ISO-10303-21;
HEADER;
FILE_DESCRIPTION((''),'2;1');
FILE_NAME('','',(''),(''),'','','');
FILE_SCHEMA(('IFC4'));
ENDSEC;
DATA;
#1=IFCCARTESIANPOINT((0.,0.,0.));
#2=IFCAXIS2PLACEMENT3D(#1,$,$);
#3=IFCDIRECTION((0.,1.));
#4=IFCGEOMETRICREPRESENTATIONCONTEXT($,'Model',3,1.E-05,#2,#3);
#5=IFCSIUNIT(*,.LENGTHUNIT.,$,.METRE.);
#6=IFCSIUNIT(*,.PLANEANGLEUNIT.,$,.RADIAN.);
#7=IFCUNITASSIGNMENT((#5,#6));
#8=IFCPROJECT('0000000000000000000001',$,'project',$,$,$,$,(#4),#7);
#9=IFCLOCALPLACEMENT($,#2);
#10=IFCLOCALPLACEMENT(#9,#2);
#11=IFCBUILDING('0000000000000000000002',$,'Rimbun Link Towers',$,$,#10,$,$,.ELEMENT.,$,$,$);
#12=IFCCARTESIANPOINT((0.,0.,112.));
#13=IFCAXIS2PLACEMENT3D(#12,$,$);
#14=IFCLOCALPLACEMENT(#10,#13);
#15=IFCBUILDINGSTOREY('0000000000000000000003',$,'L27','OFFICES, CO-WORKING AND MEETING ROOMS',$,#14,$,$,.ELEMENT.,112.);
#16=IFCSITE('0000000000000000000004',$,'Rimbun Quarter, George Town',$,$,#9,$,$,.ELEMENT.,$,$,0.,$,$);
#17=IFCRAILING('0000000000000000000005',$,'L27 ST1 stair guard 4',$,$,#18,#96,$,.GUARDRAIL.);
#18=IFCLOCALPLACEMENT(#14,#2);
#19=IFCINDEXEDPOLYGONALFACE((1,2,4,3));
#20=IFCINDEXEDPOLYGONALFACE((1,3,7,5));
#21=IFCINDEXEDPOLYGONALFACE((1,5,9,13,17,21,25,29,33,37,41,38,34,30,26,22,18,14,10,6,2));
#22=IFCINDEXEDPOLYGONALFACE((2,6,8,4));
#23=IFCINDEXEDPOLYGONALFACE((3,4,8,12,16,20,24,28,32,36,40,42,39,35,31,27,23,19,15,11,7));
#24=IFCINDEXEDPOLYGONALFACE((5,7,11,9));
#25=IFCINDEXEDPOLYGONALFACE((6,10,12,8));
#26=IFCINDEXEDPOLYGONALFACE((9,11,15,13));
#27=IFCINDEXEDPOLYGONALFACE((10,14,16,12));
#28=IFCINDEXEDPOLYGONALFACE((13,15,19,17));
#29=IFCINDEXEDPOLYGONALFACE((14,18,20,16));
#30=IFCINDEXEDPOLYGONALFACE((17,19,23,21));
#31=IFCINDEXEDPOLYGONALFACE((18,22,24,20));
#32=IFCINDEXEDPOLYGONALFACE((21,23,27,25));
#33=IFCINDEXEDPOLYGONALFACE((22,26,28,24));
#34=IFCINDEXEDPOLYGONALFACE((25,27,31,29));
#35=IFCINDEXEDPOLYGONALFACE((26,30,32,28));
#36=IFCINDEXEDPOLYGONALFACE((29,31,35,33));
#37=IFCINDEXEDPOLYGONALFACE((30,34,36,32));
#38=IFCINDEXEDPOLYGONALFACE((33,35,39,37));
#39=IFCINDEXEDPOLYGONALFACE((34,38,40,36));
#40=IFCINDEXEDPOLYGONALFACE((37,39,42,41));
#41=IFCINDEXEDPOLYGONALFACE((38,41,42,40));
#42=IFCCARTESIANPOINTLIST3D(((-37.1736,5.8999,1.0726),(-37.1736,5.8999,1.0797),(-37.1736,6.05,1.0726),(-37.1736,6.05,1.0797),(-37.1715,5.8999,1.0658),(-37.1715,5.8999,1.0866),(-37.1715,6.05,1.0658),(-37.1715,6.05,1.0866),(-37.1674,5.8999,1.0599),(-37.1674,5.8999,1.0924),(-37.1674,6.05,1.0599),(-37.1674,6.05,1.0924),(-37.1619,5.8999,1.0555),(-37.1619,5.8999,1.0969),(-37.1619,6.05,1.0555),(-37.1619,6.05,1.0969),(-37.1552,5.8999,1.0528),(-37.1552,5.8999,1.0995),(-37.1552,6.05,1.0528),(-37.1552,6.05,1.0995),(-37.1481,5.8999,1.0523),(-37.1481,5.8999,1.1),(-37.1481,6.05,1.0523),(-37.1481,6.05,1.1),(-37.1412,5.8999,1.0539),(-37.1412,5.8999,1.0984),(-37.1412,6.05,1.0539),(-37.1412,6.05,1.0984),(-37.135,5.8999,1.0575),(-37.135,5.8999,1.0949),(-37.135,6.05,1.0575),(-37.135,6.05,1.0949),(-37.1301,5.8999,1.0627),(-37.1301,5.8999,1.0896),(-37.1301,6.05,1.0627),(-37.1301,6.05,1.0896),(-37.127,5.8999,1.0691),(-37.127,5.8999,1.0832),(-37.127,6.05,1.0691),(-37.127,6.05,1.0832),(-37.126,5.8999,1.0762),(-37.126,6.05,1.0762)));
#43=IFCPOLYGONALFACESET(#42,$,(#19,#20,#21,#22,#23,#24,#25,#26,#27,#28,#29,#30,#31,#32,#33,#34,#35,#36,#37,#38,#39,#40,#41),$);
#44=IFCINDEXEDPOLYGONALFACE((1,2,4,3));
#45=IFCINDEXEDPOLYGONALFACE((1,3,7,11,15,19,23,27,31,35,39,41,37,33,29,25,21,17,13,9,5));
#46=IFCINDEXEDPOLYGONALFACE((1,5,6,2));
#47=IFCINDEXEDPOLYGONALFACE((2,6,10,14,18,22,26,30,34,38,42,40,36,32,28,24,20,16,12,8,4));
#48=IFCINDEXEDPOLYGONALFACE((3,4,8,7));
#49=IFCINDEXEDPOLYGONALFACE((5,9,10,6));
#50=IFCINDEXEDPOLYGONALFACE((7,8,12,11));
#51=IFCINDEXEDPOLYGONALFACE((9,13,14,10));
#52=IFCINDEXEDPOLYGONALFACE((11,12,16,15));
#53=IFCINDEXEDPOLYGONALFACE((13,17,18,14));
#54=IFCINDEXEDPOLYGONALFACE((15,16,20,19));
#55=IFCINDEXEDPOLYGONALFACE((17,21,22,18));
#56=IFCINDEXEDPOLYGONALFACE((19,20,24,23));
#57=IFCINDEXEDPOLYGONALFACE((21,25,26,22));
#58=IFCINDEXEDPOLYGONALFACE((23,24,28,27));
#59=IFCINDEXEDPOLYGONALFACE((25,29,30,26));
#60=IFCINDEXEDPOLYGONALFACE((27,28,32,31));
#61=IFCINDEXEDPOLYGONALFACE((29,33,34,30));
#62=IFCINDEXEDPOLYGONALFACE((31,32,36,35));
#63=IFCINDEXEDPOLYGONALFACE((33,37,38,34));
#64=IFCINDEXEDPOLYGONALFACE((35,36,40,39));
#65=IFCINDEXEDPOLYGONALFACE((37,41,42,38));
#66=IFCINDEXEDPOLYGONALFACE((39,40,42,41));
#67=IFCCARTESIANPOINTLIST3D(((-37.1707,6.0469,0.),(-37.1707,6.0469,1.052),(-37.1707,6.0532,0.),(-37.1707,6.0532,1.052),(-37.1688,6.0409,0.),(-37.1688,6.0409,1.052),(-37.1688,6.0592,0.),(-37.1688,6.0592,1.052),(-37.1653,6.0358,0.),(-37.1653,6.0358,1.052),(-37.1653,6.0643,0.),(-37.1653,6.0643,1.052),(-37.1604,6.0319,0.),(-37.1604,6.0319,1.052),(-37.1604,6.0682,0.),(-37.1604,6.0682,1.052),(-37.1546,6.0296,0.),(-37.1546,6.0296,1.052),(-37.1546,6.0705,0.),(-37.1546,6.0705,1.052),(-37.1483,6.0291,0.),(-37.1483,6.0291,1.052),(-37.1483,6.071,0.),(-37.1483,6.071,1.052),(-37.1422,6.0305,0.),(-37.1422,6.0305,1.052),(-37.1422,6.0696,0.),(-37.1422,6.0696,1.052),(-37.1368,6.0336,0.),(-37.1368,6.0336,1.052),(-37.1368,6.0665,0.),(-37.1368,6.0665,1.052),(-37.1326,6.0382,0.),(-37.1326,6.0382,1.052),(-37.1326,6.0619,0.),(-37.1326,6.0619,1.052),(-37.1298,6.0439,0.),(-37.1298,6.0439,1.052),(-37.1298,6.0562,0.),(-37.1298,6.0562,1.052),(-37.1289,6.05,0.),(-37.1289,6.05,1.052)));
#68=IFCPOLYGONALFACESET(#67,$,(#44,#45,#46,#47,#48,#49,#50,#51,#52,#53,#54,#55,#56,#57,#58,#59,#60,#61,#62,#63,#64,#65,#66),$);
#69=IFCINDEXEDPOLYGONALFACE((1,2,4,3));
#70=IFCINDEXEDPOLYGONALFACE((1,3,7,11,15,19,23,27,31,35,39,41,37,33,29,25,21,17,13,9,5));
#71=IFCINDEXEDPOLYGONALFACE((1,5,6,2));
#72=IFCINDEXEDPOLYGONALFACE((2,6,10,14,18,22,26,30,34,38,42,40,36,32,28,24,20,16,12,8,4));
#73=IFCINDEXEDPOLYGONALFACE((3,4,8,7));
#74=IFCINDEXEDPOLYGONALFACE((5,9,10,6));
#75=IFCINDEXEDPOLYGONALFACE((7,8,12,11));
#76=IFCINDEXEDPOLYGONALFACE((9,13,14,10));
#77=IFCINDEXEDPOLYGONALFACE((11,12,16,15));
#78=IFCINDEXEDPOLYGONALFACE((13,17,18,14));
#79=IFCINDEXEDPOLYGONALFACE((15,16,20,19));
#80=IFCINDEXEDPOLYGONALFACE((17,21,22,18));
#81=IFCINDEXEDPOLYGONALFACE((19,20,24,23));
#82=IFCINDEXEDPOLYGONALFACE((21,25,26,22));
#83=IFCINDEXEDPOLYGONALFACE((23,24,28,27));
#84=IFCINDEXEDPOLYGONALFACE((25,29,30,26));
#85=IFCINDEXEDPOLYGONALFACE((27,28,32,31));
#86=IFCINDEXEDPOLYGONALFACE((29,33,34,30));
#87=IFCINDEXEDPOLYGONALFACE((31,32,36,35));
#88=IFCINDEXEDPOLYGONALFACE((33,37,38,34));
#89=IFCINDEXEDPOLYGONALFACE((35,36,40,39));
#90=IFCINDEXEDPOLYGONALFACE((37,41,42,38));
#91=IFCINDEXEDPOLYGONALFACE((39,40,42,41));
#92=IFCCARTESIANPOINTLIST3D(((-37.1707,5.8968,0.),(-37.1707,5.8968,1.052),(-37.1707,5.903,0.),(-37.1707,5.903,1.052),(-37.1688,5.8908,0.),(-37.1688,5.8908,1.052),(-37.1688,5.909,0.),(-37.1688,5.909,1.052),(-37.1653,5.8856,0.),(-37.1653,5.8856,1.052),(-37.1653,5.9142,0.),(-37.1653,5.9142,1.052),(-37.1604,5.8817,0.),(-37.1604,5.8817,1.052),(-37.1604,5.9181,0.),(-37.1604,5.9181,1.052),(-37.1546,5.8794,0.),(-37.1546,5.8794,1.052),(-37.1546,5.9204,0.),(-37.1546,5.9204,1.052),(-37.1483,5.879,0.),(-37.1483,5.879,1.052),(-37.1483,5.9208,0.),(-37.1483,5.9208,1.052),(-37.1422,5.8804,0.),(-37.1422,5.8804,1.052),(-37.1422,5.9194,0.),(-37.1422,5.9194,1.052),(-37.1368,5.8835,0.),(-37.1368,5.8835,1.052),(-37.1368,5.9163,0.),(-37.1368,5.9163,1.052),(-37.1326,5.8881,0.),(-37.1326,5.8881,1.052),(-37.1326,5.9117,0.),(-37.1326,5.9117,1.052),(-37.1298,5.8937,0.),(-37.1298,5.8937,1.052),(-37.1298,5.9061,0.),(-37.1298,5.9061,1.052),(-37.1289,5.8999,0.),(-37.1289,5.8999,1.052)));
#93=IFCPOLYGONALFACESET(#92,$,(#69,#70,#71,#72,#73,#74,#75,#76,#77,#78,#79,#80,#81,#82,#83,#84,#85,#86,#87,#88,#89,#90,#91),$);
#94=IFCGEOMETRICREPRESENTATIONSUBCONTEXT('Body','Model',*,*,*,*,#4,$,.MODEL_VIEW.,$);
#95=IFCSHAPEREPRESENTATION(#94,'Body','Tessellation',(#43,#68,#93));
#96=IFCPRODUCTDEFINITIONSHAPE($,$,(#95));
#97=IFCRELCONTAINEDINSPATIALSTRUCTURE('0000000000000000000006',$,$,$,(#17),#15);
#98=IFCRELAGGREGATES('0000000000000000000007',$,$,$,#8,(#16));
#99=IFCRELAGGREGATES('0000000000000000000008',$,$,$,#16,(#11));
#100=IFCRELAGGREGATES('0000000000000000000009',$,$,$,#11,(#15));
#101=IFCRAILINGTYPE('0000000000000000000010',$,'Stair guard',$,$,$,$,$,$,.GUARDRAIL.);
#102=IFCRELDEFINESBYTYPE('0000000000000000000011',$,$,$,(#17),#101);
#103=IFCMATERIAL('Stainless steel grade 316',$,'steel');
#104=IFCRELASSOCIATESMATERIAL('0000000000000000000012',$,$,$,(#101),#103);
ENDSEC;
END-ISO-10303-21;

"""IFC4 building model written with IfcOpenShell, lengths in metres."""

from ifc_helpers import new_model, si_unit, direction, frame, origin, origin_2d, place, context, subcontext, project, spatial, circle, extrude, material, type_object, element, save


model = new_model("IFC4")

# Units and contexts
model_context = context("Model", 3, precision=1e-05, world=origin(), true_north=direction((0.0, 1.0)))
body_context = subcontext(model_context, "Body", "Model", "MODEL_VIEW")
ifc_project = project(units=[si_unit("LENGTHUNIT", "METRE"), si_unit("PLANEANGLEUNIT", "RADIAN")], contexts=[model_context])

# Site, building, storey
site_placement = place(None, origin())
site = spatial("IfcSite", under=ifc_project, at=site_placement, Name="Rimbun Quarter, George Town", CompositionType="ELEMENT", RefElevation=0.0)
building_placement = place(site_placement, origin())
building = spatial("IfcBuilding", under=site, at=building_placement, Name="Rimbun Link Towers", CompositionType="ELEMENT")
storey_placement = place(building_placement, frame((0.0, 0.0, 112.0)))
storey = spatial("IfcBuildingStorey", under=building, at=storey_placement, Name="L27", Description="OFFICES, CO-WORKING AND MEETING ROOMS", CompositionType="ELEMENT", Elevation=112.0)

# Railing
ifc_material_1 = material(Name="Stainless steel grade 316", Category="steel")
railing_type_1 = type_object("IfcRailingType", Name="Stair guard", PredefinedType="GUARDRAIL", material=ifc_material_1)
railing_1_placement = place(storey_placement, frame((-37.1499, 6.05, 0.0)))
element("IfcRailing", 1, at=railing_1_placement, inside=storey, type_object=railing_type_1, Name="L27 ST1 stair guard 4", PredefinedType="GUARDRAIL", context=body_context, shape_type="SweptSolid", body=[
    extrude(circle(Radius=0.0239, at=origin_2d()), frame((0.0, 0.0, 1.0762), z_axis=(0.0, -1.0, 0.0), x_axis=(1.0, 0.0, 0.0)), (0.0, 0.0, 1.0), 0.1501),
    extrude(circle(Radius=0.021, at=origin_2d()), origin(), (0.0, 0.0, 1.0), 1.052),
    extrude(circle(Radius=0.021, at=origin_2d()), frame((0.0, -0.1501, 0.0)), (0.0, 0.0, 1.0), 1.052),
])

save(model, "model.ifc")
